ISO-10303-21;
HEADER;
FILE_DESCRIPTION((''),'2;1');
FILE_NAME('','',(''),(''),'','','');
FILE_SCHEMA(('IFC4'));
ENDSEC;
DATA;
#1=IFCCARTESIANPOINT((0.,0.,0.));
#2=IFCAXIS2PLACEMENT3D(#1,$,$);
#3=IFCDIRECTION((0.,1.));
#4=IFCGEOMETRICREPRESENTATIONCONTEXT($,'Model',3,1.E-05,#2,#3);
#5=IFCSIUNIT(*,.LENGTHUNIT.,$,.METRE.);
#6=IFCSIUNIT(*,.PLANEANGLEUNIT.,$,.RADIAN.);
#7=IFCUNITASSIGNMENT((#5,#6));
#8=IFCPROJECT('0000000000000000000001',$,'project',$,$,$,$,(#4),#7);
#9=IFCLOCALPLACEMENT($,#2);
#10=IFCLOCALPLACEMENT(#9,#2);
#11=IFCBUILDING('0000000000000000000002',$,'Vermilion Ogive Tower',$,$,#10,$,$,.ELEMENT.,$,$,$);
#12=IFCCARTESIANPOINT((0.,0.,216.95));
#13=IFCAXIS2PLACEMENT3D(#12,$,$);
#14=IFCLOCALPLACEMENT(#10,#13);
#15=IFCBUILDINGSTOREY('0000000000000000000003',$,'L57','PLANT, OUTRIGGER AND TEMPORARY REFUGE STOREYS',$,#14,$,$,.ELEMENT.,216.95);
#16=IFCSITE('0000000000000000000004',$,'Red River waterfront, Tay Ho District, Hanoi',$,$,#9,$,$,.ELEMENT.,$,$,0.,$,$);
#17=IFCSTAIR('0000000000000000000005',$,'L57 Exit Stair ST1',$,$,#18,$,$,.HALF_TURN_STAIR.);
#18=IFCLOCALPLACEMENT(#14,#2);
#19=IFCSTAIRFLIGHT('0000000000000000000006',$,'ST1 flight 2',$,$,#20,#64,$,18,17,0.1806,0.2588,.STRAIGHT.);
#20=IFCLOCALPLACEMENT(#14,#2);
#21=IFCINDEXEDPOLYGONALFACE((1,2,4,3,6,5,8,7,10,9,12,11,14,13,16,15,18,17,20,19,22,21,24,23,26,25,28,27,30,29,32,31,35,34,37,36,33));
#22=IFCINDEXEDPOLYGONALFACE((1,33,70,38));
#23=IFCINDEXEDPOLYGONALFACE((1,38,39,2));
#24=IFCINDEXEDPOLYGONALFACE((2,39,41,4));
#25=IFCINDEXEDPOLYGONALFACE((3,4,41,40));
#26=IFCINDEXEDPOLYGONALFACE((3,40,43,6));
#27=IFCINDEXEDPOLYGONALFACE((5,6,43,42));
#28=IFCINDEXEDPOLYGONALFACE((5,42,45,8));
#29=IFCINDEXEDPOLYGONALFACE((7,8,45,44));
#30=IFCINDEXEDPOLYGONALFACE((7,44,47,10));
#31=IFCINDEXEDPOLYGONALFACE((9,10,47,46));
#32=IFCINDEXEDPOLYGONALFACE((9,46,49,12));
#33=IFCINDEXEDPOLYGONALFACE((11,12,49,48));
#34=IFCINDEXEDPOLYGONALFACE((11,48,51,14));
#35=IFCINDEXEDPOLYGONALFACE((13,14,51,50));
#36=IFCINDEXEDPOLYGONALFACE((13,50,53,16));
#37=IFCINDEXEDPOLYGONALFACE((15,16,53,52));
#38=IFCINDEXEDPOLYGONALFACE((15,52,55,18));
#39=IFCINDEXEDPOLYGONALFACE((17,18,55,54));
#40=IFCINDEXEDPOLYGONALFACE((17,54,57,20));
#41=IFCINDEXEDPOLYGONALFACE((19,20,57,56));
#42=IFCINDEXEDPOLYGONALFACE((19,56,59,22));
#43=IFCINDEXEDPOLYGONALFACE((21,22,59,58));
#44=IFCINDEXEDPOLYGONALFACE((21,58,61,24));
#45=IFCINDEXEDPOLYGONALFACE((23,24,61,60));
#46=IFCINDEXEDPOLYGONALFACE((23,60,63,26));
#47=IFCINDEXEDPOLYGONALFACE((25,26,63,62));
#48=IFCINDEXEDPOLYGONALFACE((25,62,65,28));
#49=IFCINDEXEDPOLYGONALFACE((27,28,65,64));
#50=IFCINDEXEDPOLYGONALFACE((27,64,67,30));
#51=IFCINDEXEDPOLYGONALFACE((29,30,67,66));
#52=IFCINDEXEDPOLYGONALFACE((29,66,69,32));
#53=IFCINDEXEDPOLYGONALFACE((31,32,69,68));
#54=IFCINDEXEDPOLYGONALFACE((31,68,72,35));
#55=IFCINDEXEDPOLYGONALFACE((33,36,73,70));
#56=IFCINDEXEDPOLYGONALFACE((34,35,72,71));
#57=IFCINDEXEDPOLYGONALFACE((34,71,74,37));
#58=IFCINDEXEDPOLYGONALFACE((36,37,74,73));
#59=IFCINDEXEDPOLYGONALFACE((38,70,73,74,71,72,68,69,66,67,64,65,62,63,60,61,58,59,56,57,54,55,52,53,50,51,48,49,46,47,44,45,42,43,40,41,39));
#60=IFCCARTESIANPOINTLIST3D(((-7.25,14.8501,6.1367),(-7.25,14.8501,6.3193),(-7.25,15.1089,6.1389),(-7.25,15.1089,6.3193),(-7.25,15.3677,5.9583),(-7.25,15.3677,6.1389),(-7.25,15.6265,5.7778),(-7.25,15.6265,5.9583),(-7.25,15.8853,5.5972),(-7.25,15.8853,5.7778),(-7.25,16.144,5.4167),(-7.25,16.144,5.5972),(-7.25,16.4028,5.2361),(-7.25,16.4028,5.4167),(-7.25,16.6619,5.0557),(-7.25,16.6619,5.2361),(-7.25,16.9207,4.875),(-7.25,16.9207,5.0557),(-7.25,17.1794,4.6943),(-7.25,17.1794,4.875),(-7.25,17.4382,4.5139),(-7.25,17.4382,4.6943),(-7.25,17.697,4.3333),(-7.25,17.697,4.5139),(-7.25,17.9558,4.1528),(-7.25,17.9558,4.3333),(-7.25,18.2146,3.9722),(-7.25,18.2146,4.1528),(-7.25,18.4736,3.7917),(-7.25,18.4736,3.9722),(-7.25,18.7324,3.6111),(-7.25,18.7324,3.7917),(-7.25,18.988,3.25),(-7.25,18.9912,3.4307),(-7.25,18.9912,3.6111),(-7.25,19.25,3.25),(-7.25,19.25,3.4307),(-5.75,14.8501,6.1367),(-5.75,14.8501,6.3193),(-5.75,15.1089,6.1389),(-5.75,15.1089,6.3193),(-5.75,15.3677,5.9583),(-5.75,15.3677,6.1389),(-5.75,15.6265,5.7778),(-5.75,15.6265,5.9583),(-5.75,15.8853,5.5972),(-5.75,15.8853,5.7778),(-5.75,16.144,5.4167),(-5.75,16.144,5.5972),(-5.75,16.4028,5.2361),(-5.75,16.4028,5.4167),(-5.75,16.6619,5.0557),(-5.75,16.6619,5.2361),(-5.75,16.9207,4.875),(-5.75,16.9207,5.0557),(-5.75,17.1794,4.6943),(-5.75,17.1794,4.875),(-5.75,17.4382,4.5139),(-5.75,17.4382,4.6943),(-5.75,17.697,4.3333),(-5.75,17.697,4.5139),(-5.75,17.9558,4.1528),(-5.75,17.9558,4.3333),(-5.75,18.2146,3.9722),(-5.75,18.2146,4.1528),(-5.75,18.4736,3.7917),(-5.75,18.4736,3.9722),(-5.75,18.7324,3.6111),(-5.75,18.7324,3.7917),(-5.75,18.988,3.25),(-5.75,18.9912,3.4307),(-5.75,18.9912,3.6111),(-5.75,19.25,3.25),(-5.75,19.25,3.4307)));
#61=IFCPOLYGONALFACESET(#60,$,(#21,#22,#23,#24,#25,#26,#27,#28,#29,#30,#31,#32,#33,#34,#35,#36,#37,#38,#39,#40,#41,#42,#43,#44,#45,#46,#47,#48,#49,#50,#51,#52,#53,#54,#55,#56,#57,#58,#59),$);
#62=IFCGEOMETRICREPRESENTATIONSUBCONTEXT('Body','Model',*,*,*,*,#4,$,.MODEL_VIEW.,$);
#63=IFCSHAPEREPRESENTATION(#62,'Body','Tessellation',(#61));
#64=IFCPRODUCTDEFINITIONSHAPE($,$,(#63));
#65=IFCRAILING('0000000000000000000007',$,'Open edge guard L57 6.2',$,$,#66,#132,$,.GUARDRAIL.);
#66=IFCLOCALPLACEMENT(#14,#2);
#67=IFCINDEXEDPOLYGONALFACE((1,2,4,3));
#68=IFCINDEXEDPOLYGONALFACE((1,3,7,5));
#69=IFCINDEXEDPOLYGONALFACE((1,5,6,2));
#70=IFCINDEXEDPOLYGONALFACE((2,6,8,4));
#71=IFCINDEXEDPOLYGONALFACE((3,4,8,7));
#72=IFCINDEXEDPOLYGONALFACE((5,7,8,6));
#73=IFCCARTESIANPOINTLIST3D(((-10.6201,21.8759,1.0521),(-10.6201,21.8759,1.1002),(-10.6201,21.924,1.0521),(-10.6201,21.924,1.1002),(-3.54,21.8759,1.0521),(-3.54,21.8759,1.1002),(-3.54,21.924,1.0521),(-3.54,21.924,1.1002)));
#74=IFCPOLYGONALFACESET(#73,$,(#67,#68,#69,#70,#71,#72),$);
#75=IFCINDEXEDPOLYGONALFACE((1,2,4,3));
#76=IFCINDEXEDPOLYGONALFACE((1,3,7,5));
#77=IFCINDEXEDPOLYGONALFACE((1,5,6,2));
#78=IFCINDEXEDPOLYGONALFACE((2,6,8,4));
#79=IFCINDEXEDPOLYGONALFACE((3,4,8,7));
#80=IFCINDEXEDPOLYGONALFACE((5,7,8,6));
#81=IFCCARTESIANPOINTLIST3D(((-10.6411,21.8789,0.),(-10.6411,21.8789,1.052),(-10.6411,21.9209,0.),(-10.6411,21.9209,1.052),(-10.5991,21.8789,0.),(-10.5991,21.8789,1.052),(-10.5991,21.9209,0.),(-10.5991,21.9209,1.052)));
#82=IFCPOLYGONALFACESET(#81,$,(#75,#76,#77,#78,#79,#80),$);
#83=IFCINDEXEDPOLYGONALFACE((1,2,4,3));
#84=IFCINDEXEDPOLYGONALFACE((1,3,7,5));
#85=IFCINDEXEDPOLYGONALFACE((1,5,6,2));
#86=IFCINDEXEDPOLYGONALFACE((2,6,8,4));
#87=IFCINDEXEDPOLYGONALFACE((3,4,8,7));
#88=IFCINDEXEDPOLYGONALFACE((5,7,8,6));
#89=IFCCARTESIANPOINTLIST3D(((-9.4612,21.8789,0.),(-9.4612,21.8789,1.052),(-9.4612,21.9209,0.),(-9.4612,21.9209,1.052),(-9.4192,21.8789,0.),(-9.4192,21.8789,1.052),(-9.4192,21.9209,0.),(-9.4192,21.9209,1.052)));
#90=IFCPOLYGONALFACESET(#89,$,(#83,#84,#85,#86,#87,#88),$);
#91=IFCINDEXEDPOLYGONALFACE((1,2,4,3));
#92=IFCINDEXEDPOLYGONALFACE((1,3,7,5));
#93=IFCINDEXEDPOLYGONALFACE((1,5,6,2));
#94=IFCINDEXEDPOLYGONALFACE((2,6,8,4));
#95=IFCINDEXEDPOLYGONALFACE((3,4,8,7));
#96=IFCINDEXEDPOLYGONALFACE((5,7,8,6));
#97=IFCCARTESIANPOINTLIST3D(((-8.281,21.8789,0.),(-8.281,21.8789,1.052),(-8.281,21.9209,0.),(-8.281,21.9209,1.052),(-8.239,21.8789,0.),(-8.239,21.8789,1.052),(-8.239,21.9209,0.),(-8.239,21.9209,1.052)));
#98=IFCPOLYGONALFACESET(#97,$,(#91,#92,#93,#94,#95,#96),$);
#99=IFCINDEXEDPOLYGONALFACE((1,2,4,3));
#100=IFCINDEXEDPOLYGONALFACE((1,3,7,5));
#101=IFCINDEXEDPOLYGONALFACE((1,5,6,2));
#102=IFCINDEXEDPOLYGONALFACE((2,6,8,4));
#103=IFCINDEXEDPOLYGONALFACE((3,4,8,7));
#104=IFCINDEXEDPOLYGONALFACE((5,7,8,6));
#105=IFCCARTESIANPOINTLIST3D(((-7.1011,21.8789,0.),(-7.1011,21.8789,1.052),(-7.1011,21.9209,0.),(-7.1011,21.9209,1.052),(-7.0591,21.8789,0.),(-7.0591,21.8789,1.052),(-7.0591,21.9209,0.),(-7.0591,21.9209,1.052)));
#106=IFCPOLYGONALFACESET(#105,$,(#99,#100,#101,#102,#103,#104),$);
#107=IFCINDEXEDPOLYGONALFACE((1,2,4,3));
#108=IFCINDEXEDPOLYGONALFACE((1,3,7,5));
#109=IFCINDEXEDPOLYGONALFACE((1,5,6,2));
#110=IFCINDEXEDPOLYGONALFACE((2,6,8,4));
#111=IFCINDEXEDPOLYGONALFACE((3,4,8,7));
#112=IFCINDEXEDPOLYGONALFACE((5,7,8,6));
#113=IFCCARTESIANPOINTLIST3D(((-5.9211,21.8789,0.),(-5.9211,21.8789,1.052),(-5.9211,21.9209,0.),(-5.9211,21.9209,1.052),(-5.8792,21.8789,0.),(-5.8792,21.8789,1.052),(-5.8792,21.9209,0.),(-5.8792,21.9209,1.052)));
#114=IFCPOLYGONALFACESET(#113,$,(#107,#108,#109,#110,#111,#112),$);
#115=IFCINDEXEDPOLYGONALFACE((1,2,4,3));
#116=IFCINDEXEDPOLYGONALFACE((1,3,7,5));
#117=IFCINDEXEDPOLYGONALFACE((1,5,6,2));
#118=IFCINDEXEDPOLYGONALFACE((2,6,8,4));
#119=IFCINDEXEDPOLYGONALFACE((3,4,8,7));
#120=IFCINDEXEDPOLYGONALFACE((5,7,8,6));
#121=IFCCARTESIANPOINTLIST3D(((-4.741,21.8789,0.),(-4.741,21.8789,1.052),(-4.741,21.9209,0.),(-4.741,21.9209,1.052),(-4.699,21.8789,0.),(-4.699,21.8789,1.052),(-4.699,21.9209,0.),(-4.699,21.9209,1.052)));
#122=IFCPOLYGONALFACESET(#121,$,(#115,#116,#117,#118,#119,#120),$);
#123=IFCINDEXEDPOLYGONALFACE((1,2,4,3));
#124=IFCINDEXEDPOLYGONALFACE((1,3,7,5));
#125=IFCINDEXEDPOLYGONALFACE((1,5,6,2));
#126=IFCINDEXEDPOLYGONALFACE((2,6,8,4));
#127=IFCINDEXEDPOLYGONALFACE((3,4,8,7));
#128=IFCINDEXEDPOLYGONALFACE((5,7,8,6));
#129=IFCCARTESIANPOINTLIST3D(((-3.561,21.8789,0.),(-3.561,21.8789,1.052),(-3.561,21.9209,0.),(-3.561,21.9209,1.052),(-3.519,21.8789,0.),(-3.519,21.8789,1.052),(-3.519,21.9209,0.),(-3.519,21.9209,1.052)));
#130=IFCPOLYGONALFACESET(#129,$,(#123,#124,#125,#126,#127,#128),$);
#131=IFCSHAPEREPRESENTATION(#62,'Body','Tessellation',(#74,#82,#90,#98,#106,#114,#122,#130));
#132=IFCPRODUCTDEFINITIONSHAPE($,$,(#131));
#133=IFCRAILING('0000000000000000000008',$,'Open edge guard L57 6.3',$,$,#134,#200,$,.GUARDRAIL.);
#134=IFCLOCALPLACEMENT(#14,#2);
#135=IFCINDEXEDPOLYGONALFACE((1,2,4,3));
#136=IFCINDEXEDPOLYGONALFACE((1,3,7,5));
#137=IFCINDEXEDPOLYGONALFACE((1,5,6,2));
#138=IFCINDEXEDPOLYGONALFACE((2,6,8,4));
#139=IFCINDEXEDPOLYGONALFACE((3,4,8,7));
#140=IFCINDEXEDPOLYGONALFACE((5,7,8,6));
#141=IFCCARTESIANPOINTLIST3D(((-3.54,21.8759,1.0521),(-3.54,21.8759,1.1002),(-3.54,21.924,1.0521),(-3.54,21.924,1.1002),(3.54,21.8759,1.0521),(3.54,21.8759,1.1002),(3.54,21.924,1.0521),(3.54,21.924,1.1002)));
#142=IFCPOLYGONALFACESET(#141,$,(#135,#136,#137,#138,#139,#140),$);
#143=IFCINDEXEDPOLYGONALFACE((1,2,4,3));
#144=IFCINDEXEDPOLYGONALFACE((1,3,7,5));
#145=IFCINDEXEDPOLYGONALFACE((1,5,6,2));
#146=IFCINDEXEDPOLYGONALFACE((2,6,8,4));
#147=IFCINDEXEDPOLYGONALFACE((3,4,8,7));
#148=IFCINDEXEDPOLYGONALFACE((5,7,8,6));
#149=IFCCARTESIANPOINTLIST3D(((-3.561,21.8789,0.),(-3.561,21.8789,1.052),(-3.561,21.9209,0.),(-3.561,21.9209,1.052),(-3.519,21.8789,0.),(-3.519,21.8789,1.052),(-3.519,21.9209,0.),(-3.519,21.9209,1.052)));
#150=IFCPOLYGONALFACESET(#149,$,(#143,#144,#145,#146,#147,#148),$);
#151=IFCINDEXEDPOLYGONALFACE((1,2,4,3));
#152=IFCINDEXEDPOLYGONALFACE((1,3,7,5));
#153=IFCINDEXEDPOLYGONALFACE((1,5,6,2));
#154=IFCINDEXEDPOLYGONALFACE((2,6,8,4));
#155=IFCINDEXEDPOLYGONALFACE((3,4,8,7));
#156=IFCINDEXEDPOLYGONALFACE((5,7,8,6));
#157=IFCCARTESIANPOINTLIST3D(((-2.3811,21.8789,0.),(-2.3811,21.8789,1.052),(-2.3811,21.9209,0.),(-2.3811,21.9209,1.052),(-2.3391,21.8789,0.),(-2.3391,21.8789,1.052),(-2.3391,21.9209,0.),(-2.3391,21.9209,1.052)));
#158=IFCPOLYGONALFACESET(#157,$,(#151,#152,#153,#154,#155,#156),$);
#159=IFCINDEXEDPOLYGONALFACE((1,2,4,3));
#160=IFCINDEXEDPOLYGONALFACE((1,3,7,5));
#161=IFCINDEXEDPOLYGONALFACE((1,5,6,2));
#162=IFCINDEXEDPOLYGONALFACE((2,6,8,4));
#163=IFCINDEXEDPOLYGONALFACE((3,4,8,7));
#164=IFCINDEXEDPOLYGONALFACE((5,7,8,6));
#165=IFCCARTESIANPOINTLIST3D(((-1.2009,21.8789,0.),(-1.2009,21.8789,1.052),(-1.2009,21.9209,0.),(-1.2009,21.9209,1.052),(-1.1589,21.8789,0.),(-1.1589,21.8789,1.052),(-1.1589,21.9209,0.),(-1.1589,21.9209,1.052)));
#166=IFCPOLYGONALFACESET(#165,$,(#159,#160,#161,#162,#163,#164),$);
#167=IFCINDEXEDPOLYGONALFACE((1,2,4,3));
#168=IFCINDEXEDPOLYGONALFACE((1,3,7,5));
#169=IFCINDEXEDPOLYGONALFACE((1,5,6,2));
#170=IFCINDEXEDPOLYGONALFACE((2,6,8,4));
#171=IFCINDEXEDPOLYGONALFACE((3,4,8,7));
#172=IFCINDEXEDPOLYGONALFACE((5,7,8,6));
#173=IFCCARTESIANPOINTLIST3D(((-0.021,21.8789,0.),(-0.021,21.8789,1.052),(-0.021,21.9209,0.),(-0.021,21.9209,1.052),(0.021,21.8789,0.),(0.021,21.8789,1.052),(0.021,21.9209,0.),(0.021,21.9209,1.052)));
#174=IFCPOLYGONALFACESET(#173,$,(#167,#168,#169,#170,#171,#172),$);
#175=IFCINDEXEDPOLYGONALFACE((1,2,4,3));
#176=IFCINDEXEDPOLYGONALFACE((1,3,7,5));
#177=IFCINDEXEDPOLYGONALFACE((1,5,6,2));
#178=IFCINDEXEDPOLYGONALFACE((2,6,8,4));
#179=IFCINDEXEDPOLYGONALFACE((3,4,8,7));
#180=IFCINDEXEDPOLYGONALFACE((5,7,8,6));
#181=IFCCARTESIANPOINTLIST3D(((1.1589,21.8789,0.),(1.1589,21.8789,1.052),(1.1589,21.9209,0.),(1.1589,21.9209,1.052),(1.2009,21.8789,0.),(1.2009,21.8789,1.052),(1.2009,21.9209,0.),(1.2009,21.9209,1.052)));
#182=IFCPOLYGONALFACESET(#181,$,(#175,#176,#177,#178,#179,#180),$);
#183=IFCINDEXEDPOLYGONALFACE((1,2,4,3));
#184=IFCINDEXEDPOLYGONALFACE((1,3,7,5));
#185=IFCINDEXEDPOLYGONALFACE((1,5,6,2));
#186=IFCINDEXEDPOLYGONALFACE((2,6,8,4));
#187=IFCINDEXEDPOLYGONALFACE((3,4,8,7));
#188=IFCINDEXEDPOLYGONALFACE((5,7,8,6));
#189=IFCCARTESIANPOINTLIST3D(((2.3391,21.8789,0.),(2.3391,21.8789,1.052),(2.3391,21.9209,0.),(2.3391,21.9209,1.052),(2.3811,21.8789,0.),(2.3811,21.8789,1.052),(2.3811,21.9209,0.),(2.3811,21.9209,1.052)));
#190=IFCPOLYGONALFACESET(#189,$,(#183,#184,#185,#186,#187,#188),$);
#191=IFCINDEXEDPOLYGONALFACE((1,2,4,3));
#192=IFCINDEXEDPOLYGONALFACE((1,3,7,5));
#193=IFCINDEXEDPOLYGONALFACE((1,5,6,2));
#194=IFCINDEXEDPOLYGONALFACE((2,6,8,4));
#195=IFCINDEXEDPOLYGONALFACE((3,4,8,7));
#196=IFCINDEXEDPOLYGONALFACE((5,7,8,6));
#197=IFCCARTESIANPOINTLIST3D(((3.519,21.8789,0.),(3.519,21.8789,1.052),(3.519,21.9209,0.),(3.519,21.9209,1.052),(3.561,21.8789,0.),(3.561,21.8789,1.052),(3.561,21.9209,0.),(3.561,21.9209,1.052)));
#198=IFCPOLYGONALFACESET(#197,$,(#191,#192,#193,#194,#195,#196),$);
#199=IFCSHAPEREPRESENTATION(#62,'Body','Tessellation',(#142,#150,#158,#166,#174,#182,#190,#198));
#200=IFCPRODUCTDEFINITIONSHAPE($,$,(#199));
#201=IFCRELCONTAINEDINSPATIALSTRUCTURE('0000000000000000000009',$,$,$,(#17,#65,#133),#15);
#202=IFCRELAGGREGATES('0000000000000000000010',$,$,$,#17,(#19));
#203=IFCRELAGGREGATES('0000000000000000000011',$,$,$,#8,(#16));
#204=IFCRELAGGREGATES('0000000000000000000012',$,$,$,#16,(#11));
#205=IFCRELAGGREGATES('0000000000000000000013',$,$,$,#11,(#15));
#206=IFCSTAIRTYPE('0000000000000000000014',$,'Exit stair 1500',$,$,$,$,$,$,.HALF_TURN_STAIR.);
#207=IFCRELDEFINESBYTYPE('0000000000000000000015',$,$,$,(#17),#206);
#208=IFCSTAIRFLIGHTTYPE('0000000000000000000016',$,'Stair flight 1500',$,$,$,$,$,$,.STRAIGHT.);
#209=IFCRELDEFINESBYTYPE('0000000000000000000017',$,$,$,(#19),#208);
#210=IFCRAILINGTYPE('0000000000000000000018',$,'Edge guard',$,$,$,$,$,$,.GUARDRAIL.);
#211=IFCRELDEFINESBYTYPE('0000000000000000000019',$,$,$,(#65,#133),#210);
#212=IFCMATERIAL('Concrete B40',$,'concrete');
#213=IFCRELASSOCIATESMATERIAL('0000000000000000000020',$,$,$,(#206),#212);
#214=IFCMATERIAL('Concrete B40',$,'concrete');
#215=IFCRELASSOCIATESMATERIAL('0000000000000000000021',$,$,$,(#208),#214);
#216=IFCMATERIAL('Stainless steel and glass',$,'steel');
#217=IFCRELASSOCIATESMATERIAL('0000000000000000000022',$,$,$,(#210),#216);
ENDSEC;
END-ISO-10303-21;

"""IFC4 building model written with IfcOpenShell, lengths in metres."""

from ifc_helpers import new_model, si_unit, direction, frame, origin, origin_2d, place, context, subcontext, project, spatial, polyline, rectangle, outline, extrude, material, type_object, element, aggregate, save


model = new_model("IFC4")

# Units and contexts
model_context = context("Model", 3, precision=1e-05, world=origin(), true_north=direction((0.0, 1.0)))
body_context = subcontext(model_context, "Body", "Model", "MODEL_VIEW")
ifc_project = project(units=[si_unit("LENGTHUNIT", "METRE"), si_unit("PLANEANGLEUNIT", "RADIAN")], contexts=[model_context])

# Site, building, storey
site_placement = place(None, origin())
site = spatial("IfcSite", under=ifc_project, at=site_placement, Name="Red River waterfront, Tay Ho District, Hanoi", CompositionType="ELEMENT", RefElevation=0.0)
building_placement = place(site_placement, origin())
building = spatial("IfcBuilding", under=site, at=building_placement, Name="Vermilion Ogive Tower", CompositionType="ELEMENT")
storey_placement = place(building_placement, frame((0.0, 0.0, 216.95)))
storey = spatial("IfcBuildingStorey", under=building, at=storey_placement, Name="L57", Description="PLANT, OUTRIGGER AND TEMPORARY REFUGE STOREYS", CompositionType="ELEMENT", Elevation=216.95)

# Stair, stair flight
ifc_material_1 = material(Name="Concrete B40", Category="concrete")
stair_type = type_object("IfcStairType", Name="Exit stair 1500", PredefinedType="HALF_TURN_STAIR", material=ifc_material_1)
stair_placement = place(storey_placement, origin())
stair = element("IfcStair", 1, at=stair_placement, inside=storey, type_object=stair_type, Name="L57 Exit Stair ST1", PredefinedType="HALF_TURN_STAIR")
ifc_material_2 = material(Name="Concrete B40", Category="concrete")
stair_flight_type = type_object("IfcStairFlightType", Name="Stair flight 1500", PredefinedType="STRAIGHT", material=ifc_material_2)
stair_flight_1_placement = place(storey_placement, frame((-6.5, 19.25, 3.25), z_axis=(0.0, 0.0, 1.0), x_axis=(0.0, -1.0, 0.0)))
stair_flight_1 = element("IfcStairFlight", 2, at=stair_flight_1_placement, type_object=stair_flight_type, Name="ST1 flight 2", NumberOfRisers=18, NumberOfTreads=17, PredefinedType="STRAIGHT", RiserHeight=0.1806, TreadLength=0.2588, context=body_context, shape_type="SweptSolid", body=[
    extrude(outline(polyline([(0.0, 0.0), (0.0, 0.1807), (0.2588, 0.1807), (0.2588, 0.3611), (0.5176, 0.3611), (0.5176, 0.5417), (0.7764, 0.5417), (0.7764, 0.7222), (1.0354, 0.7222), (1.0354, 0.9028), (1.2942, 0.9028), (1.2942, 1.0833), (1.553, 1.0833), (1.553, 1.2639), (1.8118, 1.2639), (1.8118, 1.4443), (2.0706, 1.4443), (2.0706, 1.625), (2.3293, 1.625), (2.3293, 1.8057), (2.5881, 1.8057), (2.5881, 1.9861), (2.8472, 1.9861), (2.8472, 2.1667), (3.106, 2.1667), (3.106, 2.3472), (3.3647, 2.3472), (3.3647, 2.5278), (3.6235, 2.5278), (3.6235, 2.7083), (3.8823, 2.7083), (3.8823, 2.8889), (4.1411, 2.8889), (4.1411, 3.0693), (4.3999, 3.0693), (4.3999, 3.25), (4.3999, 2.8867), (0.262, 0.0), (0.0, 0.0)])), frame((0.0, 0.75, 0.0), z_axis=(0.0, -1.0, 0.0), x_axis=(1.0, 0.0, 0.0)), (0.0, 0.0, 1.0), 1.5),
])
aggregate(stair, [stair_flight_1])

# Railings
ifc_material_3 = material(Name="Stainless steel and glass", Category="steel")
railing_type_1 = type_object("IfcRailingType", Name="Edge guard", PredefinedType="GUARDRAIL", material=ifc_material_3)
for number, where, name in (
    (3, (-10.6201, 21.8999, 0.0), "Open edge guard L57 6.2"),
    (4, (-3.54, 21.8999, 0.0), "Open edge guard L57 6.3"),
):
    element("IfcRailing", number, at=place(storey_placement, frame(where)), inside=storey, type_object=railing_type_1, Name=name, PredefinedType="GUARDRAIL", context=body_context, shape_type="SweptSolid", body=[
        extrude(rectangle(XDim=0.0481, YDim=0.0481, at=origin_2d()), frame((0.0, 0.0, 1.0762), z_axis=(1.0, 0.0, 0.0), x_axis=(0.0, 1.0, 0.0)), (0.0, 0.0, 1.0), 7.0801),
        extrude(rectangle(XDim=0.042, YDim=0.042, at=origin_2d()), origin(), (0.0, 0.0, 1.0), 1.052),
        extrude(rectangle(XDim=0.042, YDim=0.042, at=origin_2d()), frame((1.1799, 0.0, 0.0)), (0.0, 0.0, 1.0), 1.052),
        extrude(rectangle(XDim=0.042, YDim=0.042, at=origin_2d()), frame((2.3601, 0.0, 0.0)), (0.0, 0.0, 1.0), 1.052),
        extrude(rectangle(XDim=0.042, YDim=0.042, at=origin_2d()), frame((3.54, 0.0, 0.0)), (0.0, 0.0, 1.0), 1.052),
        extrude(rectangle(XDim=0.042, YDim=0.042, at=origin_2d()), frame((4.72, 0.0, 0.0)), (0.0, 0.0, 1.0), 1.052),
        extrude(rectangle(XDim=0.042, YDim=0.042, at=origin_2d()), frame((5.9001, 0.0, 0.0)), (0.0, 0.0, 1.0), 1.052),
        extrude(rectangle(XDim=0.042, YDim=0.042, at=origin_2d()), frame((7.0801, 0.0, 0.0)), (0.0, 0.0, 1.0), 1.052),
    ])

save(model, "model.ifc")
